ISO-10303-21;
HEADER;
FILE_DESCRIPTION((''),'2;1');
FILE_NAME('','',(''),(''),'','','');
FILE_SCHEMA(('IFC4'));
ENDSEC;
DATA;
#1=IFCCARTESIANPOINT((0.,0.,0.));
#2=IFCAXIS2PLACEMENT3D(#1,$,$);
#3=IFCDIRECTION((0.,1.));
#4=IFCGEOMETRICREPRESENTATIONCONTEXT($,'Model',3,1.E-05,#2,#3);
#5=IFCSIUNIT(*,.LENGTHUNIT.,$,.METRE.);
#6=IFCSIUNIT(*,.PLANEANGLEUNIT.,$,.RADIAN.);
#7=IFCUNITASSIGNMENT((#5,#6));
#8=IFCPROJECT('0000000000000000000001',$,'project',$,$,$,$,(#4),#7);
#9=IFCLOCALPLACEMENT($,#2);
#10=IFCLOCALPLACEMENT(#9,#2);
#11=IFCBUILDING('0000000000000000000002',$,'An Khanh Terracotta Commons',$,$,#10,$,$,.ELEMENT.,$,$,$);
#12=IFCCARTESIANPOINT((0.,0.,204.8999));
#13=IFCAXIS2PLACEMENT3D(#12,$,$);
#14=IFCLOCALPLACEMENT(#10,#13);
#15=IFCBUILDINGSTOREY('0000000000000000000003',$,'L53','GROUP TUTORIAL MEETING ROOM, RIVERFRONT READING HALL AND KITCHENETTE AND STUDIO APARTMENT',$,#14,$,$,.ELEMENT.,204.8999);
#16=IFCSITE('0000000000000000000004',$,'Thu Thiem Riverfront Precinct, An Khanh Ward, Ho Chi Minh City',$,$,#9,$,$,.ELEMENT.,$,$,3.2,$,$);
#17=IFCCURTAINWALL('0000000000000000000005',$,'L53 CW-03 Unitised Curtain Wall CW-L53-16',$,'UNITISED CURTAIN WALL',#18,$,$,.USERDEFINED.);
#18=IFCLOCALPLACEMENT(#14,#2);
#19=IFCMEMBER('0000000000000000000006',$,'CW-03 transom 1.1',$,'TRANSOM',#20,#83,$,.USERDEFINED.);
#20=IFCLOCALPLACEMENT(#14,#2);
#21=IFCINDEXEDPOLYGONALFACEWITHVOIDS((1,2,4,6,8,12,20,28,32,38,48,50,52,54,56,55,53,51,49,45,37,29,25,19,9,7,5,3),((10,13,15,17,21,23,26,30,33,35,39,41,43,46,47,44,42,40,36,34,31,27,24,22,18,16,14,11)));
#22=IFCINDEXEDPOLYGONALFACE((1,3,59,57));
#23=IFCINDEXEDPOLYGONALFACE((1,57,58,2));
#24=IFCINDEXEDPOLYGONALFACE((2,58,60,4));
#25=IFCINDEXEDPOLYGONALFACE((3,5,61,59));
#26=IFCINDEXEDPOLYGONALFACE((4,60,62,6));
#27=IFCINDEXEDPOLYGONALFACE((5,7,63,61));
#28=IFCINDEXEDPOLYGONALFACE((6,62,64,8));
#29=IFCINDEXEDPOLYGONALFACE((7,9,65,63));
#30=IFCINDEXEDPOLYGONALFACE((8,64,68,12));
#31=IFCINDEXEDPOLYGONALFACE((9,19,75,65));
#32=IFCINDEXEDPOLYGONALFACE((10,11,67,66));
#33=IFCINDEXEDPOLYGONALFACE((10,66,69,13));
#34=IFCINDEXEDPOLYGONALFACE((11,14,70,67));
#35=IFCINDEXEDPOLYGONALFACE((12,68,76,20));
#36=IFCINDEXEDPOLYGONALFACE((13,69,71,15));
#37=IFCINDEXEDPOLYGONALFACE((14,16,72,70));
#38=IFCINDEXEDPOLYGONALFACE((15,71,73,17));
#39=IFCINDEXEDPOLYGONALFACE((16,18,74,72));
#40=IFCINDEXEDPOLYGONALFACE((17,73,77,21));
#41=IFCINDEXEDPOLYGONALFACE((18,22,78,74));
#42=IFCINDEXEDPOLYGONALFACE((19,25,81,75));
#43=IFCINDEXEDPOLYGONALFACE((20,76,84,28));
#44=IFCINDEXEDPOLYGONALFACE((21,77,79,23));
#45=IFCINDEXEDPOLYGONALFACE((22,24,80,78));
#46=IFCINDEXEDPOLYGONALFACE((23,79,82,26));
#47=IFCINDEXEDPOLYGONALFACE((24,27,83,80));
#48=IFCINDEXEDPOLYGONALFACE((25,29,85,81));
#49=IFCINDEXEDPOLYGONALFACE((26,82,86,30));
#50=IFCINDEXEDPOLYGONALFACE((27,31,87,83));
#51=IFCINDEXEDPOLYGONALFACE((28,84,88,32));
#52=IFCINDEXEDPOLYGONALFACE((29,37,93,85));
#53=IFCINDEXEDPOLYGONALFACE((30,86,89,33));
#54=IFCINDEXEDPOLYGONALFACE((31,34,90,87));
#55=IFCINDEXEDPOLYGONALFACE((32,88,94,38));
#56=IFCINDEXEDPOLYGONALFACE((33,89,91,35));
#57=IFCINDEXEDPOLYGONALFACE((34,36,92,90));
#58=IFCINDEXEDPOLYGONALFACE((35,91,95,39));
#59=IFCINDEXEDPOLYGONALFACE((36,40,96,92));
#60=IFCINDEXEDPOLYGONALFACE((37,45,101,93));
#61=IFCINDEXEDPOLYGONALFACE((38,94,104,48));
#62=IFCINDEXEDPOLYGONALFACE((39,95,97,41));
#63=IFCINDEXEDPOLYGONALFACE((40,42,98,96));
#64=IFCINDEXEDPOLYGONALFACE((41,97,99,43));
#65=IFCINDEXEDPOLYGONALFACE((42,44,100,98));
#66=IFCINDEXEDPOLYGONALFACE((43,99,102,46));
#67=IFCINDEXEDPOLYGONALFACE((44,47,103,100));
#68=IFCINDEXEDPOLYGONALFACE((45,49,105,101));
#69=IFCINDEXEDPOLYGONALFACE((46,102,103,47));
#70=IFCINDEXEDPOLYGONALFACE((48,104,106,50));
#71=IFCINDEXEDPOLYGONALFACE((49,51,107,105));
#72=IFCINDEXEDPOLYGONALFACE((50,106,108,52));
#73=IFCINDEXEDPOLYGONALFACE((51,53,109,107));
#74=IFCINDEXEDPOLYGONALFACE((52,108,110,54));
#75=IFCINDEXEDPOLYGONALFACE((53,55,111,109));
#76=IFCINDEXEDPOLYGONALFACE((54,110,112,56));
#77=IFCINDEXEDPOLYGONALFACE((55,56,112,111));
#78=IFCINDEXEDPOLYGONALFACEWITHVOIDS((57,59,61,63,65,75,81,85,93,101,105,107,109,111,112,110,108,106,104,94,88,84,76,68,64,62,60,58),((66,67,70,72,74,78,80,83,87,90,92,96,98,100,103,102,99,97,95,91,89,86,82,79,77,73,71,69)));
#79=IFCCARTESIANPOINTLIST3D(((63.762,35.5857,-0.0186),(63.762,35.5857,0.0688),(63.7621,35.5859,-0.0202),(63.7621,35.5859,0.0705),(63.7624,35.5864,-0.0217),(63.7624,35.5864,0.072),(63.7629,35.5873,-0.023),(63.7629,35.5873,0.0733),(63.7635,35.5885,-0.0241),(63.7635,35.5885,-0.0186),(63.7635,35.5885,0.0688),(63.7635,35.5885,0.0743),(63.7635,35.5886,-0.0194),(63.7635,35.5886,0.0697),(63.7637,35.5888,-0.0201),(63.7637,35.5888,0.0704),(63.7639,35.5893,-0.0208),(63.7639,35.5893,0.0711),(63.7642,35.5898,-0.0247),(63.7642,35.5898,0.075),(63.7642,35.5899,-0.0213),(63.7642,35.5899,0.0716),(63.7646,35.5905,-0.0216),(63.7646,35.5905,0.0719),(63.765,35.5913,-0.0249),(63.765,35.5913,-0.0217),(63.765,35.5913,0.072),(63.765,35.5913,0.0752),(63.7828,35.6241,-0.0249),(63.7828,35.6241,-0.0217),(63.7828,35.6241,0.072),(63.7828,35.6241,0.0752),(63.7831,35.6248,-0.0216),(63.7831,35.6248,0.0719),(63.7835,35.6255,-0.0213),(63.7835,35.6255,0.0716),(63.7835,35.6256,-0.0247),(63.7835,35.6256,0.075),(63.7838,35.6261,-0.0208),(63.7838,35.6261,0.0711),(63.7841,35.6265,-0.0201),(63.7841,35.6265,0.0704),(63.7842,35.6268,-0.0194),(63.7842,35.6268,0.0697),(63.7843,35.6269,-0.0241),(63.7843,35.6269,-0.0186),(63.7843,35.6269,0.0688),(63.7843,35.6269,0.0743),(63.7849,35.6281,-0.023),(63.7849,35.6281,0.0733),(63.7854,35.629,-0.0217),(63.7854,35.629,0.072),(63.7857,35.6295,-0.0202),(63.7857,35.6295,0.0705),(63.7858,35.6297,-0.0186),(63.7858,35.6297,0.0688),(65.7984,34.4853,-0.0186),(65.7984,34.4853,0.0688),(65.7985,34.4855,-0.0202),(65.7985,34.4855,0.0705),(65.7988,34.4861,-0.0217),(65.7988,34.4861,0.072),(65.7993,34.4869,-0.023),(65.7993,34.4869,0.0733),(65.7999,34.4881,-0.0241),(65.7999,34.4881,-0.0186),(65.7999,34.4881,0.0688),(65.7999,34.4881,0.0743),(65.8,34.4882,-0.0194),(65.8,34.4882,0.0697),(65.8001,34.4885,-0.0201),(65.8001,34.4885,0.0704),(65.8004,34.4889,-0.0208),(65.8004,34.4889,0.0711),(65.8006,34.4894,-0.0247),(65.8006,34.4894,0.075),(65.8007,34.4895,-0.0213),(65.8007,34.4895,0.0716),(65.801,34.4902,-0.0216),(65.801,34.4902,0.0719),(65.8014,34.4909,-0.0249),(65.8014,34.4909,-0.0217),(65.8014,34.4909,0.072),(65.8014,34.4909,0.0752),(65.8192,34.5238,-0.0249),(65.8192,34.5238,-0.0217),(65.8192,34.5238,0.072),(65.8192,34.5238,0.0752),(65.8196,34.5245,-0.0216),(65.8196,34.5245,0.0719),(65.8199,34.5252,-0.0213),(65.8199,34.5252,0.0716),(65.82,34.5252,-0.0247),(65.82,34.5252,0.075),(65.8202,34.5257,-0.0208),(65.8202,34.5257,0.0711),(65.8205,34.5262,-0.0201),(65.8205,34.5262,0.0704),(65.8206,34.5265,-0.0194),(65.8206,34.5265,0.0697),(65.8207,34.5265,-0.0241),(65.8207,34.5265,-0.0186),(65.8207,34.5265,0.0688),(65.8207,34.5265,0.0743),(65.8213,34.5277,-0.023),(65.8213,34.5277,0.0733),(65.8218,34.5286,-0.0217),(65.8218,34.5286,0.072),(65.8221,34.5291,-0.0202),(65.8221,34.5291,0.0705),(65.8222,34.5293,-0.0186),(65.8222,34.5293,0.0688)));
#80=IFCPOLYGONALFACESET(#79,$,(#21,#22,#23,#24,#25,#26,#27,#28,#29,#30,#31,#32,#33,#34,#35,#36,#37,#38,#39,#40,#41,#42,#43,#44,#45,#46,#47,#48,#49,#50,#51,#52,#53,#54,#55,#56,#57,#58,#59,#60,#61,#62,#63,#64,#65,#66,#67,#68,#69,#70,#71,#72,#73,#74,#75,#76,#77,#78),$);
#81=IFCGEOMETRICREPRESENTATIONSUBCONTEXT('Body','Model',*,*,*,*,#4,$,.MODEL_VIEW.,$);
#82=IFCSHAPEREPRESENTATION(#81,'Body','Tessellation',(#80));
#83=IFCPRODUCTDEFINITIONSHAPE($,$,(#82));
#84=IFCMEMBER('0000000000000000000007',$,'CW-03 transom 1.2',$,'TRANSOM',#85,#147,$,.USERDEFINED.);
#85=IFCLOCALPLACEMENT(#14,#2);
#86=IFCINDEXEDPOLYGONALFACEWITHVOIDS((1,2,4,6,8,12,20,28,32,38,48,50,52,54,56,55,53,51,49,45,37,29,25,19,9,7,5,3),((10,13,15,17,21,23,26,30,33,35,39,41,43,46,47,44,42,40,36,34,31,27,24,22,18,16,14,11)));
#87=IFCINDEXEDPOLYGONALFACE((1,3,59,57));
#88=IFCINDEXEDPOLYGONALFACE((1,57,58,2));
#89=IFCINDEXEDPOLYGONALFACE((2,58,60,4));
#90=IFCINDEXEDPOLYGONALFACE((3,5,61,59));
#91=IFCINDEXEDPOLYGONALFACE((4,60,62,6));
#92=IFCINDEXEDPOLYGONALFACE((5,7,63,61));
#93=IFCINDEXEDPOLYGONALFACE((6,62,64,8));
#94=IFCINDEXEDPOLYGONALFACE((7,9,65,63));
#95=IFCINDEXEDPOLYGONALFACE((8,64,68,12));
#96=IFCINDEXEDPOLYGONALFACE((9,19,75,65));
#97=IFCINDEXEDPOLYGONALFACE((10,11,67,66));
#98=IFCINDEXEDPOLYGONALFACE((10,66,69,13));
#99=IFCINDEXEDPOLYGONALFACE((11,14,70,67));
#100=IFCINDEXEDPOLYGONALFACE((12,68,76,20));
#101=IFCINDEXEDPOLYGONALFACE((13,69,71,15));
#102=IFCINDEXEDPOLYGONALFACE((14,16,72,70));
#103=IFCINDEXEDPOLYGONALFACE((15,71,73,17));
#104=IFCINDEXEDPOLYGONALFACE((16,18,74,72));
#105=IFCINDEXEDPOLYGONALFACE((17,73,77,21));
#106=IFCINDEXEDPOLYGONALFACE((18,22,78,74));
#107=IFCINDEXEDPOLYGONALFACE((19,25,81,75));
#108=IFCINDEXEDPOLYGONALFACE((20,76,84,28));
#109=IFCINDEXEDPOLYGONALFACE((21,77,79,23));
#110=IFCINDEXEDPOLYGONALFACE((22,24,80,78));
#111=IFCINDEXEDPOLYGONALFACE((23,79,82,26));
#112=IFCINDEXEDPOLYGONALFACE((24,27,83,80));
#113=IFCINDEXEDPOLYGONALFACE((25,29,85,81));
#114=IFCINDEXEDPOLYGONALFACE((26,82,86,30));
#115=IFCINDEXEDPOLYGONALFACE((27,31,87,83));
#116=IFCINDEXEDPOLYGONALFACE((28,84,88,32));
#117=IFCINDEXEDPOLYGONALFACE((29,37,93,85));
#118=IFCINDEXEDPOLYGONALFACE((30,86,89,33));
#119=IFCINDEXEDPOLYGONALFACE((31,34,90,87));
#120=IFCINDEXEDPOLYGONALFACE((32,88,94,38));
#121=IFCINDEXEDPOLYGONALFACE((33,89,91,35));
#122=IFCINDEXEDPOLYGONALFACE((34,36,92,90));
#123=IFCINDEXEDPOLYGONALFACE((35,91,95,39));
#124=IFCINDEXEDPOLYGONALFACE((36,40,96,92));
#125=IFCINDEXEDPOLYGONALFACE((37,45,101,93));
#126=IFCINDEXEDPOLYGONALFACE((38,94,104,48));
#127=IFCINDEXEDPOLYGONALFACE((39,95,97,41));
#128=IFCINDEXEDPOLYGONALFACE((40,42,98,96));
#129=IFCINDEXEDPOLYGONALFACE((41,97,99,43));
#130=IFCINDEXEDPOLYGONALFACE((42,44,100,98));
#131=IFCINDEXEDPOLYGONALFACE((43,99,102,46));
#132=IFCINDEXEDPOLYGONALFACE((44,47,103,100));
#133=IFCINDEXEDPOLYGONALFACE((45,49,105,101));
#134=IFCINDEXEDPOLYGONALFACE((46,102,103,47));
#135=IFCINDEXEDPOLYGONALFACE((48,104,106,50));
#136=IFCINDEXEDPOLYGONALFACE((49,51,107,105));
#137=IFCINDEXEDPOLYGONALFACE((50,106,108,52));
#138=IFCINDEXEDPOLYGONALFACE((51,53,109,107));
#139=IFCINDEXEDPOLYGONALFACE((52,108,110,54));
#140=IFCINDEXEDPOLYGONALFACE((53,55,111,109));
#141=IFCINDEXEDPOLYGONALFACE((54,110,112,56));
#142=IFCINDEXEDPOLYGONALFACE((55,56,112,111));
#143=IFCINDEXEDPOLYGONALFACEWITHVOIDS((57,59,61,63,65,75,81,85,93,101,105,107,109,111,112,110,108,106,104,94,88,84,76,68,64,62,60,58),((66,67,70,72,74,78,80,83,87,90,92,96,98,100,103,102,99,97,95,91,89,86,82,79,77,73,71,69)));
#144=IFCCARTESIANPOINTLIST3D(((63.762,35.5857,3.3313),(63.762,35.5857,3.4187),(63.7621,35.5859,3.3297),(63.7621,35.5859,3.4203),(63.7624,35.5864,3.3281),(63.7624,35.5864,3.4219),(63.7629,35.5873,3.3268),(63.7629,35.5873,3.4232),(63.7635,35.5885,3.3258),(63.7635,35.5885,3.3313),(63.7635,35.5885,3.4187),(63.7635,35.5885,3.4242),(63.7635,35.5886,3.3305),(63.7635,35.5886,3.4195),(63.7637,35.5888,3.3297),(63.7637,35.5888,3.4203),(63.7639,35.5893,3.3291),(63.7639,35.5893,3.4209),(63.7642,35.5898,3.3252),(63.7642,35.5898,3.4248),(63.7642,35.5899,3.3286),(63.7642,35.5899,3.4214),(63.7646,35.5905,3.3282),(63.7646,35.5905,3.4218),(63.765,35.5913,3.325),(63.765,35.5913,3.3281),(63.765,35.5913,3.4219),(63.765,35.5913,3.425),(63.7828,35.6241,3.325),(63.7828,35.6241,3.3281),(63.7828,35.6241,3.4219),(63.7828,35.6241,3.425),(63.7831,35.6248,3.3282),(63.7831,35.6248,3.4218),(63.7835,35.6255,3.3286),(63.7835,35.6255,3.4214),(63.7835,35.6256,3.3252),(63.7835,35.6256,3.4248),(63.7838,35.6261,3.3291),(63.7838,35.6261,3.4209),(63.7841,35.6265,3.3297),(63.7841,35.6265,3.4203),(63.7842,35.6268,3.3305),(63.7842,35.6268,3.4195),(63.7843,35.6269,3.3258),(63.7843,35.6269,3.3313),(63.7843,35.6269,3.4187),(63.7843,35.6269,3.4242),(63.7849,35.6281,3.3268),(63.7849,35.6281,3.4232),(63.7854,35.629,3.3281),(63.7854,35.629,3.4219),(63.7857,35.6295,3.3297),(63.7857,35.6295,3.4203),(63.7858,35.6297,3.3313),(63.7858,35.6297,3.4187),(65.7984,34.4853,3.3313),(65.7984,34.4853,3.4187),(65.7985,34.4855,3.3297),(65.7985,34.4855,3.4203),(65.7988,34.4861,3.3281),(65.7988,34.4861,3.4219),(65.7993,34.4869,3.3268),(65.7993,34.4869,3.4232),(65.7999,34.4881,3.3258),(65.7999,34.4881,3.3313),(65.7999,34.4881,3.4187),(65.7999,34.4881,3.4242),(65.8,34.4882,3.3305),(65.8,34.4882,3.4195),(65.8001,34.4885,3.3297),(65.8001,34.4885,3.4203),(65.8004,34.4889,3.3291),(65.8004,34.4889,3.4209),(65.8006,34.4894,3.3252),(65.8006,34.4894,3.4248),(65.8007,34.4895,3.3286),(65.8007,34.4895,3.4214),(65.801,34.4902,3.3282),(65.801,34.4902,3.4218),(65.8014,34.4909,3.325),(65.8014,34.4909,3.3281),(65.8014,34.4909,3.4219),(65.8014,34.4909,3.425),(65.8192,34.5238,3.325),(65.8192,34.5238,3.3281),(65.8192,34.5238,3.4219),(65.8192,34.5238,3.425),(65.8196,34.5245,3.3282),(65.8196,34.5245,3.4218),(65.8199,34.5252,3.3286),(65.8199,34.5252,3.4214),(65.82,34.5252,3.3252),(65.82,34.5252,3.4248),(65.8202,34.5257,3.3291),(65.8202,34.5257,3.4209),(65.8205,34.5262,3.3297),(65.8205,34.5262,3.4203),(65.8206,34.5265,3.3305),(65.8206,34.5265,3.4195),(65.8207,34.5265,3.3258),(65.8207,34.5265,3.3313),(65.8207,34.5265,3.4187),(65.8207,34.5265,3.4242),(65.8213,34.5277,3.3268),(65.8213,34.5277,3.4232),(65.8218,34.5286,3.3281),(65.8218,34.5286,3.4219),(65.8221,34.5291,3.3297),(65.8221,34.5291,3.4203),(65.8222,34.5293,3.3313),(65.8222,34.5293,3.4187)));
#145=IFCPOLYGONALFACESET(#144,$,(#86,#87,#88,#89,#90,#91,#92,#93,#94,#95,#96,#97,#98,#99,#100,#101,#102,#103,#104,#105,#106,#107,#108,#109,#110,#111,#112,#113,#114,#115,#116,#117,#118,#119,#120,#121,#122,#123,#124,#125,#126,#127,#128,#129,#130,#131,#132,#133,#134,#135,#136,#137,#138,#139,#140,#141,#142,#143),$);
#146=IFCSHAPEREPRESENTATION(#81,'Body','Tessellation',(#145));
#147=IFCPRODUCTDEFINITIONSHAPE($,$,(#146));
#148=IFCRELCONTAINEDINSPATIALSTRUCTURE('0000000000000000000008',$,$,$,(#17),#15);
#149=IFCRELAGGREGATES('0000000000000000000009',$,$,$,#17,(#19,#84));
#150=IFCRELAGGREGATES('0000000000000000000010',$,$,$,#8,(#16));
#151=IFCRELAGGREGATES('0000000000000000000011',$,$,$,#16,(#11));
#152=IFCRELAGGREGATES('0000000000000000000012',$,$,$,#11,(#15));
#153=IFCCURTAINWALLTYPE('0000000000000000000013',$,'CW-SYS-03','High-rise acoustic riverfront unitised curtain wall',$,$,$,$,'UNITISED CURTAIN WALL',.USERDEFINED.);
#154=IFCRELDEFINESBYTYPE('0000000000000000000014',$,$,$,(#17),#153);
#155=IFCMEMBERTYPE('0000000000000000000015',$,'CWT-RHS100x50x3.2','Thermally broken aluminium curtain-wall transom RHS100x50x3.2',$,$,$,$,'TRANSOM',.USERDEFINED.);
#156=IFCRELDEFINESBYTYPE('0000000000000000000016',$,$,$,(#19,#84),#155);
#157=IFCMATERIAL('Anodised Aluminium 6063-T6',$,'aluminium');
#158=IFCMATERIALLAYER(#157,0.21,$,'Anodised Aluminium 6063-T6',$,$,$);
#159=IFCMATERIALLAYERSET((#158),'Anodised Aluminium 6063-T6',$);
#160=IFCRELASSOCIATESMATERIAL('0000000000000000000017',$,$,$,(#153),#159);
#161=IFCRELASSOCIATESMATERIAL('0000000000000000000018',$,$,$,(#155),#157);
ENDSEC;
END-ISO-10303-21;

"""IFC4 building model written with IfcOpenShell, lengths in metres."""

from ifc_helpers import new_model, si_unit, direction, frame, origin, origin_2d, place, context, subcontext, project, spatial, hollow_rectangle, extrude, material, layer, layer_set, material_profile, profile_set, type_object, element, aggregate, save


model = new_model("IFC4")

# Units and contexts
model_context = context("Model", 3, precision=1e-05, world=origin(), true_north=direction((0.0, 1.0)))
body_context = subcontext(model_context, "Body", "Model", "MODEL_VIEW")
ifc_project = project(units=[si_unit("LENGTHUNIT", "METRE"), si_unit("PLANEANGLEUNIT", "RADIAN")], contexts=[model_context])

# Site, building, storey
site_placement = place(None, origin())
site = spatial("IfcSite", under=ifc_project, at=site_placement, Name="Thu Thiem Riverfront Precinct, An Khanh Ward, Ho Chi Minh City", CompositionType="ELEMENT", RefElevation=3.2)
building_placement = place(site_placement, origin())
building = spatial("IfcBuilding", under=site, at=building_placement, Name="An Khanh Terracotta Commons", CompositionType="ELEMENT")
storey_placement = place(building_placement, frame((0.0, 0.0, 204.8999)))
storey = spatial("IfcBuildingStorey", under=building, at=storey_placement, Name="L53", Description="GROUP TUTORIAL MEETING ROOM, RIVERFRONT READING HALL AND KITCHENETTE AND STUDIO APARTMENT", CompositionType="ELEMENT", Elevation=204.8999)

# Curtain wall
ifc_material_1 = material(Name="Anodised Aluminium 6063-T6", Category="aluminium")
ifc_layer_1 = layer(ifc_material_1, 0.21, Name="Anodised Aluminium 6063-T6")
ifc_layer_set_1 = layer_set([ifc_layer_1], Name="Anodised Aluminium 6063-T6")
curtain_wall_type = type_object("IfcCurtainWallType", Name="CW-SYS-03", Description="High-rise acoustic riverfront unitised curtain wall", ElementType="UNITISED CURTAIN WALL", PredefinedType="USERDEFINED", material=ifc_layer_set_1)
curtain_wall_1_placement = place(storey_placement, origin())
curtain_wall_1 = element("IfcCurtainWall", 1, at=curtain_wall_1_placement, inside=storey, type_object=curtain_wall_type, Name="L53 CW-03 Unitised Curtain Wall CW-L53-16", ObjectType="UNITISED CURTAIN WALL", PredefinedType="USERDEFINED")

# Members
ifc_material_profile_1 = material_profile(ifc_material_1, hollow_rectangle(XDim=0.05, YDim=0.1001, WallThickness=0.0032, InnerFilletRadius=0.0032, OuterFilletRadius=0.0063, at=origin_2d()), Name="RHS100x50x3.2")
ifc_profile_set_1 = profile_set([ifc_material_profile_1], Name="Anodised Aluminium 6063-T6")
member_type_1 = type_object("IfcMemberType", Name="CWT-RHS100x50x3.2", Description="Thermally broken aluminium curtain-wall transom RHS100x50x3.2", ElementType="TRANSOM", PredefinedType="USERDEFINED", material=ifc_profile_set_1)
member_1_placement = place(storey_placement, frame((65.8103, 34.5073, 0.0251), z_axis=(-0.879779, 0.475382, 0.0), x_axis=(-0.475382, -0.879779, 0.0)))
member_1 = element("IfcMember", 2, at=member_1_placement, type_object=member_type_1, Name="CW-03 transom 1.1", ObjectType="TRANSOM", PredefinedType="USERDEFINED", context=body_context, shape_type="SweptSolid", body=[
    extrude(hollow_rectangle(XDim=0.05, YDim=0.1001, WallThickness=0.0032, InnerFilletRadius=0.0032, OuterFilletRadius=0.0063, at=origin_2d()), origin(), (0.0, 0.0, 1.0), 2.3147),
])
member_2_placement = place(storey_placement, frame((65.8103, 34.5073, 3.375), z_axis=(-0.879779, 0.475382, 0.0), x_axis=(-0.475382, -0.879779, 0.0)))
member_2 = element("IfcMember", 3, at=member_2_placement, type_object=member_type_1, Name="CW-03 transom 1.2", ObjectType="TRANSOM", PredefinedType="USERDEFINED", context=body_context, shape_type="SweptSolid", body=[
    extrude(hollow_rectangle(XDim=0.05, YDim=0.1001, WallThickness=0.0032, InnerFilletRadius=0.0032, OuterFilletRadius=0.0063, at=origin_2d()), origin(), (0.0, 0.0, 1.0), 2.3147),
])

aggregate(curtain_wall_1, [member_1, member_2])

save(model, "model.ifc")
